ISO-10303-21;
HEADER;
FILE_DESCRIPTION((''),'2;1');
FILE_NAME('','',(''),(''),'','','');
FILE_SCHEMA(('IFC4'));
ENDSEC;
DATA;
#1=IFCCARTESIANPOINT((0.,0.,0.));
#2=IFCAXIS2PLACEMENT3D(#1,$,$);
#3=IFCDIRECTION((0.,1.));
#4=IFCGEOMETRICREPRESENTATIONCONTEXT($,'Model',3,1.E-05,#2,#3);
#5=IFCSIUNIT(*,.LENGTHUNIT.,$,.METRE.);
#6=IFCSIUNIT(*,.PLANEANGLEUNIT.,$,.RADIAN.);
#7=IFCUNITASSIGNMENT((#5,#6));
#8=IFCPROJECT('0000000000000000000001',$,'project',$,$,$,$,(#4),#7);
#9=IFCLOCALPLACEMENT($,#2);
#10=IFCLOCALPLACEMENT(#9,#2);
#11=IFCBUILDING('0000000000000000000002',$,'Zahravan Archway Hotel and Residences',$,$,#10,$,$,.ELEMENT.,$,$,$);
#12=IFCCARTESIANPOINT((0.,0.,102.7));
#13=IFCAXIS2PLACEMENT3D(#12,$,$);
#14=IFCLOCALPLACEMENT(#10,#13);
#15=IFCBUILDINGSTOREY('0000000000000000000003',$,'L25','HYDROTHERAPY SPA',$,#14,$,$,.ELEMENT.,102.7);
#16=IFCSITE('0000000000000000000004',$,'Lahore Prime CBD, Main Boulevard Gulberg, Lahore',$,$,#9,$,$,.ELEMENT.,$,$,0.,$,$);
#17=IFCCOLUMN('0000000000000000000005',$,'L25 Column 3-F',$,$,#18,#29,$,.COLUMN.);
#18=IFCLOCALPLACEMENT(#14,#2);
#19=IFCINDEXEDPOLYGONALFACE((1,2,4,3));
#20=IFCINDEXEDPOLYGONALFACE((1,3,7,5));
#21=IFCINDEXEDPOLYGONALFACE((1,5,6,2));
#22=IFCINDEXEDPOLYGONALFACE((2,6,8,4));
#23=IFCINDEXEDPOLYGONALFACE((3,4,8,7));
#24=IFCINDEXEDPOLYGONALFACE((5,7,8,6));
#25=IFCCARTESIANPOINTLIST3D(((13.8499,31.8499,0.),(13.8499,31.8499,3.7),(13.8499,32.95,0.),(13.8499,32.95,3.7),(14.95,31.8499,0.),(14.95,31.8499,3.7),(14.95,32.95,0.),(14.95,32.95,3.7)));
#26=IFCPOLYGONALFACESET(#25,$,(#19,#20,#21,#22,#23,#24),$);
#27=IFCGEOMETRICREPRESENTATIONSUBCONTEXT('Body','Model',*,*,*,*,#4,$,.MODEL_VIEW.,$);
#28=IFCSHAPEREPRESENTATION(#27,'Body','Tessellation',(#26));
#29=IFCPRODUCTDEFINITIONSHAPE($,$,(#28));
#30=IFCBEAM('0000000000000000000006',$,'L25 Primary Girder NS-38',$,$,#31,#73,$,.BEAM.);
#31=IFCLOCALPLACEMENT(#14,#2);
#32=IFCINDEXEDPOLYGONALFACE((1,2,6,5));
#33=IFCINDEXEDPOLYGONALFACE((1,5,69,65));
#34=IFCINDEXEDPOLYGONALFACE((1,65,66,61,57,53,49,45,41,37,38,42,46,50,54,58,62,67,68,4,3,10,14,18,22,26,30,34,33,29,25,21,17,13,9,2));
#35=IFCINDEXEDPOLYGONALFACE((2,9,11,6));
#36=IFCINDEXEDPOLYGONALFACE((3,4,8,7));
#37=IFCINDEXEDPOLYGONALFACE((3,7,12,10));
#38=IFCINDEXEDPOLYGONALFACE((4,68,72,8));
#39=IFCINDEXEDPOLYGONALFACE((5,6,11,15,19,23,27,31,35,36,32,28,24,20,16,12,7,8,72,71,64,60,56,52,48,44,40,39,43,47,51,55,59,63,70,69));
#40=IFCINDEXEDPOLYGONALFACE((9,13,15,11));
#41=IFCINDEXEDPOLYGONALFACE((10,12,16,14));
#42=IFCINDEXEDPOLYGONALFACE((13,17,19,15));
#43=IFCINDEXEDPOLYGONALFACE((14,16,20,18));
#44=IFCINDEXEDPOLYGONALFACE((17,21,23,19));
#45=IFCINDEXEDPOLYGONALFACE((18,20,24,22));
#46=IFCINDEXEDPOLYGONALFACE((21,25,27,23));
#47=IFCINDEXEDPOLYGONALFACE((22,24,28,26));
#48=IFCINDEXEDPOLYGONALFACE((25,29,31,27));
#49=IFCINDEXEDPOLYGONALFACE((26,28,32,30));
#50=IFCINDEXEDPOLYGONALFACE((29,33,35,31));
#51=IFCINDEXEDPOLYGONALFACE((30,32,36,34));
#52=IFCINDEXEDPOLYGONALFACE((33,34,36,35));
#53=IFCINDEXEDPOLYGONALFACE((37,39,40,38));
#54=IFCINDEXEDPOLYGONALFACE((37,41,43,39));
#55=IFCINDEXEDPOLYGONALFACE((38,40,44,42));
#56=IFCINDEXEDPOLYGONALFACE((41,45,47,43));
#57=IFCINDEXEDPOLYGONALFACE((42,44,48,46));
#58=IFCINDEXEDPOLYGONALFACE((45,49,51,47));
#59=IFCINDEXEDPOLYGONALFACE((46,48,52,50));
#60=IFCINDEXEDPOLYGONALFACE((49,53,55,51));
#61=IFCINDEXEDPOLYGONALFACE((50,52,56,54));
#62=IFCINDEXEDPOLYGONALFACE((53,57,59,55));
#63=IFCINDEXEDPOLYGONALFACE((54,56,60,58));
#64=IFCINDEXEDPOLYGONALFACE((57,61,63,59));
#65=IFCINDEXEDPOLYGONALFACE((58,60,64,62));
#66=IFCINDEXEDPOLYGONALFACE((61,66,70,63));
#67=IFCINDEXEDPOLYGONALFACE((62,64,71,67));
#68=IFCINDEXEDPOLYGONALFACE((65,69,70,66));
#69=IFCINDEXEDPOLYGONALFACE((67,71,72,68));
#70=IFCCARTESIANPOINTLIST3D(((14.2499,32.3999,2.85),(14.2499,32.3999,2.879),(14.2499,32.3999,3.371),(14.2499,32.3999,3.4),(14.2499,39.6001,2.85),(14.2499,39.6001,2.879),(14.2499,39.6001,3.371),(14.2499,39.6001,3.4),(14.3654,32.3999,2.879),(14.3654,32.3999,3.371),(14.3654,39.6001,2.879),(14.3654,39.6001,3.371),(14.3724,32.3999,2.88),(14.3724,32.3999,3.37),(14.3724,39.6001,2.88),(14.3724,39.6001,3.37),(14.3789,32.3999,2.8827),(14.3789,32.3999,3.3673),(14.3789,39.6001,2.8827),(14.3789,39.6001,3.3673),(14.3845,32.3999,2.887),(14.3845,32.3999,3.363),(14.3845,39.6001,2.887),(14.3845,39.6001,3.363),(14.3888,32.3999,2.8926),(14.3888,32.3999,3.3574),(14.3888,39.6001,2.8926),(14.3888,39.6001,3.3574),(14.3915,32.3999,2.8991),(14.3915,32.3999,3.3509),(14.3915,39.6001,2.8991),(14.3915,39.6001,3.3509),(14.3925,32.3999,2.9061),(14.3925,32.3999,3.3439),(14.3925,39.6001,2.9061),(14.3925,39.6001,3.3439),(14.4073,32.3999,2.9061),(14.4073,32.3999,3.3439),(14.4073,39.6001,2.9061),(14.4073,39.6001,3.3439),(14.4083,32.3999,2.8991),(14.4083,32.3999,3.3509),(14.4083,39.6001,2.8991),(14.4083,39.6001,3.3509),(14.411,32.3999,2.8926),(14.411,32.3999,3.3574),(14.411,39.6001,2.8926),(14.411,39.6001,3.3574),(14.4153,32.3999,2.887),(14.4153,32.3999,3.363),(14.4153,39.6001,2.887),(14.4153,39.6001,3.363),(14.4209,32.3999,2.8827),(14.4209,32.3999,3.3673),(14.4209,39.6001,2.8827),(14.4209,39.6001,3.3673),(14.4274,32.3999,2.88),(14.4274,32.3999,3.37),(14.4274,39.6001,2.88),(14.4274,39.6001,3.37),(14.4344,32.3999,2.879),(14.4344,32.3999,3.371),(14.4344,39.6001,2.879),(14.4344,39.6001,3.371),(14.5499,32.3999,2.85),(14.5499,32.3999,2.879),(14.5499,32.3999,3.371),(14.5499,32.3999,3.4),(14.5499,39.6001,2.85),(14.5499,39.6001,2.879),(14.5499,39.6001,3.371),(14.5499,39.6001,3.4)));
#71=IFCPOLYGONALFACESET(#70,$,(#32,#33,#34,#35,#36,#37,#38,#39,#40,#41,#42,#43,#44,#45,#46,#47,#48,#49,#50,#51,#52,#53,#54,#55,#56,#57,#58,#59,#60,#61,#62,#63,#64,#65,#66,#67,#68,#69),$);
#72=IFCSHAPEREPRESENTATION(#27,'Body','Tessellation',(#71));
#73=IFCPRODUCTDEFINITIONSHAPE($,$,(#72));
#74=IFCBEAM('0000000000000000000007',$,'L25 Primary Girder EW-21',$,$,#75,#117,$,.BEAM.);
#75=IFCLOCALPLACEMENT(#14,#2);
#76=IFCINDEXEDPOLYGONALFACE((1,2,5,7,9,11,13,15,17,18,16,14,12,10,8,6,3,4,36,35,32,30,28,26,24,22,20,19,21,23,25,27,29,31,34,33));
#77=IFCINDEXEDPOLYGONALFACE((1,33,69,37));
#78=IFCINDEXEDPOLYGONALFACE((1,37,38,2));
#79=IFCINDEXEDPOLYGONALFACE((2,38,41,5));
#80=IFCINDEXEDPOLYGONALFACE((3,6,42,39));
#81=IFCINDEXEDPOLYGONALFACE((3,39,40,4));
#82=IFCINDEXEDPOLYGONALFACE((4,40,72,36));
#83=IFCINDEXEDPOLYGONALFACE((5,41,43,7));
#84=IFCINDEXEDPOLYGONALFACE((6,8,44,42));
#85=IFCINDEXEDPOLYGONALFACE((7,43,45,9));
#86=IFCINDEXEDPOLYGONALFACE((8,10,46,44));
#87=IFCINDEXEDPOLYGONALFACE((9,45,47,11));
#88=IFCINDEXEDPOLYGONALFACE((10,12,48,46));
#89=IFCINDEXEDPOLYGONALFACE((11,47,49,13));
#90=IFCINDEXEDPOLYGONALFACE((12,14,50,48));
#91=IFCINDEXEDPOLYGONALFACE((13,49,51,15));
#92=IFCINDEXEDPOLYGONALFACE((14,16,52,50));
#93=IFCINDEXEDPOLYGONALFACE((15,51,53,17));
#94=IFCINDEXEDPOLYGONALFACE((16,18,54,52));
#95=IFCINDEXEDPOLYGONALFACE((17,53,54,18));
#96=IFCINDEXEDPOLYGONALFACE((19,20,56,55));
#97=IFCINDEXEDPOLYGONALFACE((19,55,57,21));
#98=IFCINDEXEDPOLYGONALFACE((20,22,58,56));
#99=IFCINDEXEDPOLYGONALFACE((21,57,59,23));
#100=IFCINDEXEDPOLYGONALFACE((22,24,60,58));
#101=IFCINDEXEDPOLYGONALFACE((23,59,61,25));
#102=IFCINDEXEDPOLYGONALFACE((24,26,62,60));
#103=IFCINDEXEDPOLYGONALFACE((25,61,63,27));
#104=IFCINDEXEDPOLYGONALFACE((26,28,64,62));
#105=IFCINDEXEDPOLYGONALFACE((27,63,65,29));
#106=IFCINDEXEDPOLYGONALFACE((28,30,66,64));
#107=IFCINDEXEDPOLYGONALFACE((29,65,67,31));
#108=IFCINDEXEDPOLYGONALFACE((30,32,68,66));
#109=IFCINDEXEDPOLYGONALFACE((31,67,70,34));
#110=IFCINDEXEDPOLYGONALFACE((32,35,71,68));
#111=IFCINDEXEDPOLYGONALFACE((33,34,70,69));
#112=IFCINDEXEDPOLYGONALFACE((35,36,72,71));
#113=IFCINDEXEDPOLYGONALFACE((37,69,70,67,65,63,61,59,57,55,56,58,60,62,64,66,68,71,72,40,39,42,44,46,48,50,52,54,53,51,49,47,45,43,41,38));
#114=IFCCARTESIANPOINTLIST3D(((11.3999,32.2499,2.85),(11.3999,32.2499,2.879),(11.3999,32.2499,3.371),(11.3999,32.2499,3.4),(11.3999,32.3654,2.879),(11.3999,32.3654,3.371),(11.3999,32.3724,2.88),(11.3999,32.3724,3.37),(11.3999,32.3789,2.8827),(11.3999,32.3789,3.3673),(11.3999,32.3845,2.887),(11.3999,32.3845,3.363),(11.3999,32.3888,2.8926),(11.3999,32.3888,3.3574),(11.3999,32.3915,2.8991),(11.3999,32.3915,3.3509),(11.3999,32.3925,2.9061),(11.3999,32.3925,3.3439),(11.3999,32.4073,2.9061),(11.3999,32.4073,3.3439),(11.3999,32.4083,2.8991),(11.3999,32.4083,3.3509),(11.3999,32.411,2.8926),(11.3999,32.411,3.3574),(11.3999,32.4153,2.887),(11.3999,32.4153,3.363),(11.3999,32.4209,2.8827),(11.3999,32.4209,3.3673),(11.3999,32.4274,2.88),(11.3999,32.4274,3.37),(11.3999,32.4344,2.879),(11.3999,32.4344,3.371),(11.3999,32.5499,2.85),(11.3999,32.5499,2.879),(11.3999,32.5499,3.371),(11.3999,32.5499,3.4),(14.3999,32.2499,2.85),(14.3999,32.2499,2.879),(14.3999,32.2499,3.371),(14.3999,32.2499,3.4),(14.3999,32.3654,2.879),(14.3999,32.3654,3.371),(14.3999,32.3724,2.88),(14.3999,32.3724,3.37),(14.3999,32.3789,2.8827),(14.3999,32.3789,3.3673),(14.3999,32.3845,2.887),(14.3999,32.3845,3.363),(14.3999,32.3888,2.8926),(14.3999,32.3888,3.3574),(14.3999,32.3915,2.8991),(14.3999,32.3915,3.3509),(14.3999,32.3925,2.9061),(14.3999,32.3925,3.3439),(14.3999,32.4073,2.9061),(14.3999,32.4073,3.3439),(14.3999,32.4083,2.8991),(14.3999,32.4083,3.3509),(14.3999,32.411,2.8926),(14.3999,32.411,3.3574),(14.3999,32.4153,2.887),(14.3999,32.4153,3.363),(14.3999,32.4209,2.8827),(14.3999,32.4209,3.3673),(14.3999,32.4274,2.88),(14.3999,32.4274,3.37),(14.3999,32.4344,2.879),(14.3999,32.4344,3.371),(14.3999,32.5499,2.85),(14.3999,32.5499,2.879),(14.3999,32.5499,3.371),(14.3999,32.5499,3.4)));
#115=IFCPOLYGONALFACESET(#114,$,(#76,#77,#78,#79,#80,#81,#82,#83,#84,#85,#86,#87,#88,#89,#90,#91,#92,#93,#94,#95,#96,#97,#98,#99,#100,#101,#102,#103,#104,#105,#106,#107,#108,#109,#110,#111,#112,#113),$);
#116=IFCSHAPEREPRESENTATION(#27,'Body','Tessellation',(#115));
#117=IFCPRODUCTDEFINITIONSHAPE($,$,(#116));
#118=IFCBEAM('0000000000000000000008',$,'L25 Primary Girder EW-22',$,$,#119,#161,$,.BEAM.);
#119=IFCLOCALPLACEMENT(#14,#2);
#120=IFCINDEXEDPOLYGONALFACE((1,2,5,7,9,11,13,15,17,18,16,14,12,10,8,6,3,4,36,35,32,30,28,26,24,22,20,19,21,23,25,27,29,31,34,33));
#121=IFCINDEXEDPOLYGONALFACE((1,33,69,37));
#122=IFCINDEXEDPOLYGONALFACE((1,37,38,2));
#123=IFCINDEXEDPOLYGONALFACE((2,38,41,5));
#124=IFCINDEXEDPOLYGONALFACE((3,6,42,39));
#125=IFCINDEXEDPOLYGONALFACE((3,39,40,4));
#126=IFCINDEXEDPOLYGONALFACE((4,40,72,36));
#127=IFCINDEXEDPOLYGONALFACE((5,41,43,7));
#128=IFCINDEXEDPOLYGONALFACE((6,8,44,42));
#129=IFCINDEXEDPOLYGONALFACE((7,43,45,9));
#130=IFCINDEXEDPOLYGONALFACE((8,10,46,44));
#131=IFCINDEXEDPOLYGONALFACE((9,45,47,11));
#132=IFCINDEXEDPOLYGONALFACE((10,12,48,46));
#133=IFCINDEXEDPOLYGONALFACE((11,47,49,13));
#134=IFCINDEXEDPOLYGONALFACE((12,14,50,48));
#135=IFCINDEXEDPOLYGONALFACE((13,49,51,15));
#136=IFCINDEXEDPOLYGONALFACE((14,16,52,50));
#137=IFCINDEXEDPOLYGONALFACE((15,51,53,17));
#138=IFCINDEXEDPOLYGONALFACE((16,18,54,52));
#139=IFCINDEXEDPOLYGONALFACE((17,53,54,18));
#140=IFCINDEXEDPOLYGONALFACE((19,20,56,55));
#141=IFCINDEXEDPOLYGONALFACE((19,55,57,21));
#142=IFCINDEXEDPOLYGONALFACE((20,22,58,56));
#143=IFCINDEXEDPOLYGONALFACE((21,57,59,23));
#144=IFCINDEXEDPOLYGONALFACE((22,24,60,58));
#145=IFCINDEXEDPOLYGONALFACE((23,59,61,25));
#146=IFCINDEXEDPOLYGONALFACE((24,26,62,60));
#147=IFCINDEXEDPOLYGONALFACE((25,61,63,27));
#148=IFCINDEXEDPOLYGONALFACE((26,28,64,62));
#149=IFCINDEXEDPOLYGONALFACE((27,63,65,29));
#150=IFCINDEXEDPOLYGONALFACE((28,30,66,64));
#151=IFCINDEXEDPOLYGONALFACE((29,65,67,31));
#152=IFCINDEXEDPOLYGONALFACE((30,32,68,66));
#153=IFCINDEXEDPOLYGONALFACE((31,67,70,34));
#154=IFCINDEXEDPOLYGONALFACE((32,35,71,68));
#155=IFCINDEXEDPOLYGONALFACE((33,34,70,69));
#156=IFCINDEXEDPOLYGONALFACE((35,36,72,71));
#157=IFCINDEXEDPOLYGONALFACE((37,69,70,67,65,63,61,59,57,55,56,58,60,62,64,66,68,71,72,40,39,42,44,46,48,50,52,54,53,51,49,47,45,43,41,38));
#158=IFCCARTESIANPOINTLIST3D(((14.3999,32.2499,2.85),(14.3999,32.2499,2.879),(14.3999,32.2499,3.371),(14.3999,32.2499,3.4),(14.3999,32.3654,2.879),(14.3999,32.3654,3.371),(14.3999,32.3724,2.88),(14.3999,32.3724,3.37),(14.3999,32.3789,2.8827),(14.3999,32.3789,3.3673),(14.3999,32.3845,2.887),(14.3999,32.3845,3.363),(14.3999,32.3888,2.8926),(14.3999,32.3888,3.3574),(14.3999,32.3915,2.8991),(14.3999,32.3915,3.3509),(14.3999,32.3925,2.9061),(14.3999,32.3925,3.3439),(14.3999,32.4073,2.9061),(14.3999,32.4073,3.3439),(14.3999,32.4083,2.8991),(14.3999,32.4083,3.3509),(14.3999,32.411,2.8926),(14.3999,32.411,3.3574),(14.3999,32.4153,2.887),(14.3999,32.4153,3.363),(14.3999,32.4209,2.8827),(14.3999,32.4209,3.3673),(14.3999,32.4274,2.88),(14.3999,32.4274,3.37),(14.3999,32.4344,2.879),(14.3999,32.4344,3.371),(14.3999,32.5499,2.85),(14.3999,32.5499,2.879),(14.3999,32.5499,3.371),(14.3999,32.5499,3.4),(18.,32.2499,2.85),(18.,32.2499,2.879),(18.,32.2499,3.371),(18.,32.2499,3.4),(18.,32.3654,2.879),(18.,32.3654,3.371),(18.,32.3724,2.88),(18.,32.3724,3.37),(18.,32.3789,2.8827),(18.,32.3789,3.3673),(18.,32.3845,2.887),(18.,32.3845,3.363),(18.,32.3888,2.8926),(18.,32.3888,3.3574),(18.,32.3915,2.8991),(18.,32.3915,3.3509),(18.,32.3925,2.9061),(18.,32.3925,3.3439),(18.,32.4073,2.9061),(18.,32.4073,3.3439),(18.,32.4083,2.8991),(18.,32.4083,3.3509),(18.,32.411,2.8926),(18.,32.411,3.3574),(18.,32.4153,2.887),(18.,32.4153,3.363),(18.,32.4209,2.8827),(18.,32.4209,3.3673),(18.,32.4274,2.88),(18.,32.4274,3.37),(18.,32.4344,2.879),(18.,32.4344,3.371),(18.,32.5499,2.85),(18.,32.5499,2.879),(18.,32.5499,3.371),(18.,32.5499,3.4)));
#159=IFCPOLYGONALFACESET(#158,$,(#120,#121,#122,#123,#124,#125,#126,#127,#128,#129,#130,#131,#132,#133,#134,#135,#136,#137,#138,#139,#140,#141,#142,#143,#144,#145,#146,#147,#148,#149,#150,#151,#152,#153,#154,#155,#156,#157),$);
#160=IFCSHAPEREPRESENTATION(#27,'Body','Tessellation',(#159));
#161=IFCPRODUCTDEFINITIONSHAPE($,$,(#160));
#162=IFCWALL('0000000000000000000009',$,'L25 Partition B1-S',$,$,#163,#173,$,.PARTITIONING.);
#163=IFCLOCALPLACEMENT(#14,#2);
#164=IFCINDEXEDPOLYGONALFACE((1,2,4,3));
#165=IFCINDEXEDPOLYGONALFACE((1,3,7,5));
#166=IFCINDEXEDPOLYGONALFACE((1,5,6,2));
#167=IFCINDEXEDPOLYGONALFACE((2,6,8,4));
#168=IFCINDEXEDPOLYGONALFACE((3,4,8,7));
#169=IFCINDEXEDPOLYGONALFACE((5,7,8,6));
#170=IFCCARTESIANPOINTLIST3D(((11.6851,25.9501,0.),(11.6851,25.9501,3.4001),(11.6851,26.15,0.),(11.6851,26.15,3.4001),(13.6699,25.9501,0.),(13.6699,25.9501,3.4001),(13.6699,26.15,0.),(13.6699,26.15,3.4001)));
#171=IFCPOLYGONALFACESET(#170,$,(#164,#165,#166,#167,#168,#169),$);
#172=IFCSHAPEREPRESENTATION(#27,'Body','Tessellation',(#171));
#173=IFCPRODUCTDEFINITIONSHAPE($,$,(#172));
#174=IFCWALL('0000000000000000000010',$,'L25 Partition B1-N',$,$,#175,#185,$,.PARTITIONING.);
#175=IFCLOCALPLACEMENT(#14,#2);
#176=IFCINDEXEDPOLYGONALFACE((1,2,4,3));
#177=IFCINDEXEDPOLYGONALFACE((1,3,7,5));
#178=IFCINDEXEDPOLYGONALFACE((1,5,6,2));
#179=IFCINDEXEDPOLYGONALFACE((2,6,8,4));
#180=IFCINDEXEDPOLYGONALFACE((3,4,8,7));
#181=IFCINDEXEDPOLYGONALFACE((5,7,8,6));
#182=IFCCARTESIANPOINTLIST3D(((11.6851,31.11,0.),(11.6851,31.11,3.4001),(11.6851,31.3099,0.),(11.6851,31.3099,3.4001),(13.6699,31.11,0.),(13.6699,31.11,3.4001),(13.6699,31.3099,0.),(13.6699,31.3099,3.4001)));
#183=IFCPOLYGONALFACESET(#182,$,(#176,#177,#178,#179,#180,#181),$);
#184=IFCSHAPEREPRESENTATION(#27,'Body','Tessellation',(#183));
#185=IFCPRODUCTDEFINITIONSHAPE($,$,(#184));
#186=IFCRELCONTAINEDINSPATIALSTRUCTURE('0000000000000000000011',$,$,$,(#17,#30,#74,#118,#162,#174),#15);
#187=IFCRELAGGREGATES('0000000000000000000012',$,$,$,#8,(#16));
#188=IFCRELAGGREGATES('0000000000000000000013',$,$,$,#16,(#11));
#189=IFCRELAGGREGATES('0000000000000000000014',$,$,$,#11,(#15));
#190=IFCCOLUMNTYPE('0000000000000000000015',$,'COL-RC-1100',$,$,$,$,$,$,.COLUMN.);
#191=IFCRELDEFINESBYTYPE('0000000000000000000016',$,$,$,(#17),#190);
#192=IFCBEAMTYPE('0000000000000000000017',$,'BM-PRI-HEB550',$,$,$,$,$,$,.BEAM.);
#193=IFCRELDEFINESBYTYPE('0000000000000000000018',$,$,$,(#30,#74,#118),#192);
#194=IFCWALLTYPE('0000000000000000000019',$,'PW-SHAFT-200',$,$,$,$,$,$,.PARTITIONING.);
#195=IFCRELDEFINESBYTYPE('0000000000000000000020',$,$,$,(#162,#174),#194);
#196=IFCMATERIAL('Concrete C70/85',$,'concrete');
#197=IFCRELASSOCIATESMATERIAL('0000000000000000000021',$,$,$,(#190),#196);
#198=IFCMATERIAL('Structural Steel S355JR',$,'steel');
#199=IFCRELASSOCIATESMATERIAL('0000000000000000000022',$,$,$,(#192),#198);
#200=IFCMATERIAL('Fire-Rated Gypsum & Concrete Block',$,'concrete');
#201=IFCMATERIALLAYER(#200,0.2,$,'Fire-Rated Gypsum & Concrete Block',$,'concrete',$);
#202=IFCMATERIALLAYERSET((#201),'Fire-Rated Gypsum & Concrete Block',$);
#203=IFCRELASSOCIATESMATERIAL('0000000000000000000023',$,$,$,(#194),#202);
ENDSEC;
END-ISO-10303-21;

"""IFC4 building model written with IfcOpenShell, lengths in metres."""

from ifc_helpers import new_model, si_unit, direction, frame, frame_2d, origin, origin_2d, place, context, subcontext, project, spatial, rectangle, i_section, extrude, source, transform, mapped, material, layer, layer_set, material_profile, profile_set, type_object, type_shapes, element, save


model = new_model("IFC4")

# Units and contexts
model_context = context("Model", 3, precision=1e-05, world=origin(), true_north=direction((0.0, 1.0)))
body_context = subcontext(model_context, "Body", "Model", "MODEL_VIEW")
ifc_project = project(units=[si_unit("LENGTHUNIT", "METRE"), si_unit("PLANEANGLEUNIT", "RADIAN")], contexts=[model_context])

# Site, building, storey
site_placement = place(None, origin())
site = spatial("IfcSite", under=ifc_project, at=site_placement, Name="Lahore Prime CBD, Main Boulevard Gulberg, Lahore", CompositionType="ELEMENT", RefElevation=0.0)
building_placement = place(site_placement, origin())
building = spatial("IfcBuilding", under=site, at=building_placement, Name="Zahravan Archway Hotel and Residences", CompositionType="ELEMENT")
storey_placement = place(building_placement, frame((0.0, 0.0, 102.7)))
storey = spatial("IfcBuildingStorey", under=building, at=storey_placement, Name="L25", Description="HYDROTHERAPY SPA", CompositionType="ELEMENT", Elevation=102.7)

# Column
ifc_material_1 = material(Name="Concrete C70/85", Category="concrete")
ifc_material_profile_1 = material_profile(ifc_material_1, rectangle(XDim=1.1001, YDim=1.1001, at=origin_2d()), Name="RC 1100x1100", Category="concrete")
ifc_profile_set_1 = profile_set([ifc_material_profile_1], Name="Concrete C70/85")
column_type = type_object("IfcColumnType", Name="COL-RC-1100", PredefinedType="COLUMN", material=ifc_profile_set_1)
shared_shape_1 = source(origin(), body_context, "Body", "SweptSolid", [
    extrude(rectangle(XDim=1.1001, YDim=1.1001, at=origin_2d()), origin(), (0.0, 0.0, 1.0), 3.7),
])
column_placement = place(storey_placement, frame((14.3999, 32.3999, 0.0), z_axis=(0.0, 0.0, 1.0), x_axis=(1.0, 0.0, 0.0)))
element("IfcColumn", 1, at=column_placement, inside=storey, type_object=column_type, Name="L25 Column 3-F", PredefinedType="COLUMN", context=body_context, shape_type="MappedRepresentation", body=[
    mapped(shared_shape_1, transform((0.0, 0.0, 0.0), scale=1.0)),
])

# Beams
ifc_material_2 = material(Name="Structural Steel S355JR", Category="steel")
ifc_material_profile_2 = material_profile(ifc_material_2, i_section(OverallWidth=0.3, OverallDepth=0.55, WebThickness=0.0149, FlangeThickness=0.0291, FilletRadius=0.0271, at=origin_2d()), Name="HEB 550", Category="steel")
ifc_profile_set_2 = profile_set([ifc_material_profile_2], Name="Structural Steel S355JR")
beam_type = type_object("IfcBeamType", Name="BM-PRI-HEB550", PredefinedType="BEAM", material=ifc_profile_set_2)
shared_shape_2 = source(origin(), body_context, "Body", "SweptSolid", [
    extrude(i_section(OverallWidth=0.3, OverallDepth=0.55, WebThickness=0.0149, FlangeThickness=0.0291, FilletRadius=0.0271, at=origin_2d()), origin(), (0.0, 0.0, 1.0), 7.2002),
])
type_shapes(beam_type, [shared_shape_2])
beam_1_placement = place(storey_placement, frame((14.3999, 32.3999, 3.125), z_axis=(0.0, 1.0, 0.0), x_axis=(-1.0, 0.0, 0.0)))
element("IfcBeam", 2, at=beam_1_placement, inside=storey, type_object=beam_type, Name="L25 Primary Girder NS-38", PredefinedType="BEAM", context=body_context, shape_type="MappedRepresentation", body=[
    mapped(shared_shape_2, transform((0.0, 0.0, 0.0), scale=1.0)),
])
shared_shape_3 = source(origin(), body_context, "Body", "SweptSolid", [
    extrude(i_section(OverallWidth=0.3, OverallDepth=0.55, WebThickness=0.0149, FlangeThickness=0.0291, FilletRadius=0.0271, at=origin_2d()), origin(), (0.0, 0.0, 1.0), 3.0),
])
beam_2_placement = place(storey_placement, frame((11.3999, 32.3999, 3.125), z_axis=(1.0, 0.0, 0.0), x_axis=(0.0, 1.0, 0.0)))
element("IfcBeam", 3, at=beam_2_placement, inside=storey, type_object=beam_type, Name="L25 Primary Girder EW-21", PredefinedType="BEAM", context=body_context, shape_type="MappedRepresentation", body=[
    mapped(shared_shape_3, transform((0.0, 0.0, 0.0), scale=1.0)),
])
shared_shape_4 = source(origin(), body_context, "Body", "SweptSolid", [
    extrude(i_section(OverallWidth=0.3, OverallDepth=0.55, WebThickness=0.0149, FlangeThickness=0.0291, FilletRadius=0.0271, at=origin_2d()), origin(), (0.0, 0.0, 1.0), 3.6001),
])
beam_3_placement = place(storey_placement, frame((14.3999, 32.3999, 3.125), z_axis=(1.0, 0.0, 0.0), x_axis=(0.0, 1.0, 0.0)))
element("IfcBeam", 4, at=beam_3_placement, inside=storey, type_object=beam_type, Name="L25 Primary Girder EW-22", PredefinedType="BEAM", context=body_context, shape_type="MappedRepresentation", body=[
    mapped(shared_shape_4, transform((0.0, 0.0, 0.0), scale=1.0)),
])

# Walls
ifc_material_3 = material(Name="Fire-Rated Gypsum & Concrete Block", Category="concrete")
ifc_layer_1 = layer(ifc_material_3, 0.2, Name="Fire-Rated Gypsum & Concrete Block", Category="concrete")
ifc_layer_set_1 = layer_set([ifc_layer_1], Name="Fire-Rated Gypsum & Concrete Block")
wall_type_1 = type_object("IfcWallType", Name="PW-SHAFT-200", PredefinedType="PARTITIONING", material=ifc_layer_set_1)
for number, where, z_axis, x_axis, name in (
    (5, (11.6851, 26.05, 0.0), (0.0, 0.0, 1.0), (1.0, 0.0, 0.0), "L25 Partition B1-S"),
    (6, (11.6851, 31.21, 0.0), (0.0, 0.0, 1.0), (1.0, 0.0, 0.0), "L25 Partition B1-N"),
):
    element("IfcWall", number, at=place(storey_placement, frame(where, z_axis=z_axis, x_axis=x_axis)), inside=storey, type_object=wall_type_1, Name=name, PredefinedType="PARTITIONING", context=body_context, shape_type="SweptSolid", body=[
        extrude(rectangle(XDim=1.9849, YDim=0.2, at=frame_2d((0.9924, 0.0))), origin(), (0.0, 0.0, 1.0), 3.4001),
    ])

save(model, "model.ifc")
